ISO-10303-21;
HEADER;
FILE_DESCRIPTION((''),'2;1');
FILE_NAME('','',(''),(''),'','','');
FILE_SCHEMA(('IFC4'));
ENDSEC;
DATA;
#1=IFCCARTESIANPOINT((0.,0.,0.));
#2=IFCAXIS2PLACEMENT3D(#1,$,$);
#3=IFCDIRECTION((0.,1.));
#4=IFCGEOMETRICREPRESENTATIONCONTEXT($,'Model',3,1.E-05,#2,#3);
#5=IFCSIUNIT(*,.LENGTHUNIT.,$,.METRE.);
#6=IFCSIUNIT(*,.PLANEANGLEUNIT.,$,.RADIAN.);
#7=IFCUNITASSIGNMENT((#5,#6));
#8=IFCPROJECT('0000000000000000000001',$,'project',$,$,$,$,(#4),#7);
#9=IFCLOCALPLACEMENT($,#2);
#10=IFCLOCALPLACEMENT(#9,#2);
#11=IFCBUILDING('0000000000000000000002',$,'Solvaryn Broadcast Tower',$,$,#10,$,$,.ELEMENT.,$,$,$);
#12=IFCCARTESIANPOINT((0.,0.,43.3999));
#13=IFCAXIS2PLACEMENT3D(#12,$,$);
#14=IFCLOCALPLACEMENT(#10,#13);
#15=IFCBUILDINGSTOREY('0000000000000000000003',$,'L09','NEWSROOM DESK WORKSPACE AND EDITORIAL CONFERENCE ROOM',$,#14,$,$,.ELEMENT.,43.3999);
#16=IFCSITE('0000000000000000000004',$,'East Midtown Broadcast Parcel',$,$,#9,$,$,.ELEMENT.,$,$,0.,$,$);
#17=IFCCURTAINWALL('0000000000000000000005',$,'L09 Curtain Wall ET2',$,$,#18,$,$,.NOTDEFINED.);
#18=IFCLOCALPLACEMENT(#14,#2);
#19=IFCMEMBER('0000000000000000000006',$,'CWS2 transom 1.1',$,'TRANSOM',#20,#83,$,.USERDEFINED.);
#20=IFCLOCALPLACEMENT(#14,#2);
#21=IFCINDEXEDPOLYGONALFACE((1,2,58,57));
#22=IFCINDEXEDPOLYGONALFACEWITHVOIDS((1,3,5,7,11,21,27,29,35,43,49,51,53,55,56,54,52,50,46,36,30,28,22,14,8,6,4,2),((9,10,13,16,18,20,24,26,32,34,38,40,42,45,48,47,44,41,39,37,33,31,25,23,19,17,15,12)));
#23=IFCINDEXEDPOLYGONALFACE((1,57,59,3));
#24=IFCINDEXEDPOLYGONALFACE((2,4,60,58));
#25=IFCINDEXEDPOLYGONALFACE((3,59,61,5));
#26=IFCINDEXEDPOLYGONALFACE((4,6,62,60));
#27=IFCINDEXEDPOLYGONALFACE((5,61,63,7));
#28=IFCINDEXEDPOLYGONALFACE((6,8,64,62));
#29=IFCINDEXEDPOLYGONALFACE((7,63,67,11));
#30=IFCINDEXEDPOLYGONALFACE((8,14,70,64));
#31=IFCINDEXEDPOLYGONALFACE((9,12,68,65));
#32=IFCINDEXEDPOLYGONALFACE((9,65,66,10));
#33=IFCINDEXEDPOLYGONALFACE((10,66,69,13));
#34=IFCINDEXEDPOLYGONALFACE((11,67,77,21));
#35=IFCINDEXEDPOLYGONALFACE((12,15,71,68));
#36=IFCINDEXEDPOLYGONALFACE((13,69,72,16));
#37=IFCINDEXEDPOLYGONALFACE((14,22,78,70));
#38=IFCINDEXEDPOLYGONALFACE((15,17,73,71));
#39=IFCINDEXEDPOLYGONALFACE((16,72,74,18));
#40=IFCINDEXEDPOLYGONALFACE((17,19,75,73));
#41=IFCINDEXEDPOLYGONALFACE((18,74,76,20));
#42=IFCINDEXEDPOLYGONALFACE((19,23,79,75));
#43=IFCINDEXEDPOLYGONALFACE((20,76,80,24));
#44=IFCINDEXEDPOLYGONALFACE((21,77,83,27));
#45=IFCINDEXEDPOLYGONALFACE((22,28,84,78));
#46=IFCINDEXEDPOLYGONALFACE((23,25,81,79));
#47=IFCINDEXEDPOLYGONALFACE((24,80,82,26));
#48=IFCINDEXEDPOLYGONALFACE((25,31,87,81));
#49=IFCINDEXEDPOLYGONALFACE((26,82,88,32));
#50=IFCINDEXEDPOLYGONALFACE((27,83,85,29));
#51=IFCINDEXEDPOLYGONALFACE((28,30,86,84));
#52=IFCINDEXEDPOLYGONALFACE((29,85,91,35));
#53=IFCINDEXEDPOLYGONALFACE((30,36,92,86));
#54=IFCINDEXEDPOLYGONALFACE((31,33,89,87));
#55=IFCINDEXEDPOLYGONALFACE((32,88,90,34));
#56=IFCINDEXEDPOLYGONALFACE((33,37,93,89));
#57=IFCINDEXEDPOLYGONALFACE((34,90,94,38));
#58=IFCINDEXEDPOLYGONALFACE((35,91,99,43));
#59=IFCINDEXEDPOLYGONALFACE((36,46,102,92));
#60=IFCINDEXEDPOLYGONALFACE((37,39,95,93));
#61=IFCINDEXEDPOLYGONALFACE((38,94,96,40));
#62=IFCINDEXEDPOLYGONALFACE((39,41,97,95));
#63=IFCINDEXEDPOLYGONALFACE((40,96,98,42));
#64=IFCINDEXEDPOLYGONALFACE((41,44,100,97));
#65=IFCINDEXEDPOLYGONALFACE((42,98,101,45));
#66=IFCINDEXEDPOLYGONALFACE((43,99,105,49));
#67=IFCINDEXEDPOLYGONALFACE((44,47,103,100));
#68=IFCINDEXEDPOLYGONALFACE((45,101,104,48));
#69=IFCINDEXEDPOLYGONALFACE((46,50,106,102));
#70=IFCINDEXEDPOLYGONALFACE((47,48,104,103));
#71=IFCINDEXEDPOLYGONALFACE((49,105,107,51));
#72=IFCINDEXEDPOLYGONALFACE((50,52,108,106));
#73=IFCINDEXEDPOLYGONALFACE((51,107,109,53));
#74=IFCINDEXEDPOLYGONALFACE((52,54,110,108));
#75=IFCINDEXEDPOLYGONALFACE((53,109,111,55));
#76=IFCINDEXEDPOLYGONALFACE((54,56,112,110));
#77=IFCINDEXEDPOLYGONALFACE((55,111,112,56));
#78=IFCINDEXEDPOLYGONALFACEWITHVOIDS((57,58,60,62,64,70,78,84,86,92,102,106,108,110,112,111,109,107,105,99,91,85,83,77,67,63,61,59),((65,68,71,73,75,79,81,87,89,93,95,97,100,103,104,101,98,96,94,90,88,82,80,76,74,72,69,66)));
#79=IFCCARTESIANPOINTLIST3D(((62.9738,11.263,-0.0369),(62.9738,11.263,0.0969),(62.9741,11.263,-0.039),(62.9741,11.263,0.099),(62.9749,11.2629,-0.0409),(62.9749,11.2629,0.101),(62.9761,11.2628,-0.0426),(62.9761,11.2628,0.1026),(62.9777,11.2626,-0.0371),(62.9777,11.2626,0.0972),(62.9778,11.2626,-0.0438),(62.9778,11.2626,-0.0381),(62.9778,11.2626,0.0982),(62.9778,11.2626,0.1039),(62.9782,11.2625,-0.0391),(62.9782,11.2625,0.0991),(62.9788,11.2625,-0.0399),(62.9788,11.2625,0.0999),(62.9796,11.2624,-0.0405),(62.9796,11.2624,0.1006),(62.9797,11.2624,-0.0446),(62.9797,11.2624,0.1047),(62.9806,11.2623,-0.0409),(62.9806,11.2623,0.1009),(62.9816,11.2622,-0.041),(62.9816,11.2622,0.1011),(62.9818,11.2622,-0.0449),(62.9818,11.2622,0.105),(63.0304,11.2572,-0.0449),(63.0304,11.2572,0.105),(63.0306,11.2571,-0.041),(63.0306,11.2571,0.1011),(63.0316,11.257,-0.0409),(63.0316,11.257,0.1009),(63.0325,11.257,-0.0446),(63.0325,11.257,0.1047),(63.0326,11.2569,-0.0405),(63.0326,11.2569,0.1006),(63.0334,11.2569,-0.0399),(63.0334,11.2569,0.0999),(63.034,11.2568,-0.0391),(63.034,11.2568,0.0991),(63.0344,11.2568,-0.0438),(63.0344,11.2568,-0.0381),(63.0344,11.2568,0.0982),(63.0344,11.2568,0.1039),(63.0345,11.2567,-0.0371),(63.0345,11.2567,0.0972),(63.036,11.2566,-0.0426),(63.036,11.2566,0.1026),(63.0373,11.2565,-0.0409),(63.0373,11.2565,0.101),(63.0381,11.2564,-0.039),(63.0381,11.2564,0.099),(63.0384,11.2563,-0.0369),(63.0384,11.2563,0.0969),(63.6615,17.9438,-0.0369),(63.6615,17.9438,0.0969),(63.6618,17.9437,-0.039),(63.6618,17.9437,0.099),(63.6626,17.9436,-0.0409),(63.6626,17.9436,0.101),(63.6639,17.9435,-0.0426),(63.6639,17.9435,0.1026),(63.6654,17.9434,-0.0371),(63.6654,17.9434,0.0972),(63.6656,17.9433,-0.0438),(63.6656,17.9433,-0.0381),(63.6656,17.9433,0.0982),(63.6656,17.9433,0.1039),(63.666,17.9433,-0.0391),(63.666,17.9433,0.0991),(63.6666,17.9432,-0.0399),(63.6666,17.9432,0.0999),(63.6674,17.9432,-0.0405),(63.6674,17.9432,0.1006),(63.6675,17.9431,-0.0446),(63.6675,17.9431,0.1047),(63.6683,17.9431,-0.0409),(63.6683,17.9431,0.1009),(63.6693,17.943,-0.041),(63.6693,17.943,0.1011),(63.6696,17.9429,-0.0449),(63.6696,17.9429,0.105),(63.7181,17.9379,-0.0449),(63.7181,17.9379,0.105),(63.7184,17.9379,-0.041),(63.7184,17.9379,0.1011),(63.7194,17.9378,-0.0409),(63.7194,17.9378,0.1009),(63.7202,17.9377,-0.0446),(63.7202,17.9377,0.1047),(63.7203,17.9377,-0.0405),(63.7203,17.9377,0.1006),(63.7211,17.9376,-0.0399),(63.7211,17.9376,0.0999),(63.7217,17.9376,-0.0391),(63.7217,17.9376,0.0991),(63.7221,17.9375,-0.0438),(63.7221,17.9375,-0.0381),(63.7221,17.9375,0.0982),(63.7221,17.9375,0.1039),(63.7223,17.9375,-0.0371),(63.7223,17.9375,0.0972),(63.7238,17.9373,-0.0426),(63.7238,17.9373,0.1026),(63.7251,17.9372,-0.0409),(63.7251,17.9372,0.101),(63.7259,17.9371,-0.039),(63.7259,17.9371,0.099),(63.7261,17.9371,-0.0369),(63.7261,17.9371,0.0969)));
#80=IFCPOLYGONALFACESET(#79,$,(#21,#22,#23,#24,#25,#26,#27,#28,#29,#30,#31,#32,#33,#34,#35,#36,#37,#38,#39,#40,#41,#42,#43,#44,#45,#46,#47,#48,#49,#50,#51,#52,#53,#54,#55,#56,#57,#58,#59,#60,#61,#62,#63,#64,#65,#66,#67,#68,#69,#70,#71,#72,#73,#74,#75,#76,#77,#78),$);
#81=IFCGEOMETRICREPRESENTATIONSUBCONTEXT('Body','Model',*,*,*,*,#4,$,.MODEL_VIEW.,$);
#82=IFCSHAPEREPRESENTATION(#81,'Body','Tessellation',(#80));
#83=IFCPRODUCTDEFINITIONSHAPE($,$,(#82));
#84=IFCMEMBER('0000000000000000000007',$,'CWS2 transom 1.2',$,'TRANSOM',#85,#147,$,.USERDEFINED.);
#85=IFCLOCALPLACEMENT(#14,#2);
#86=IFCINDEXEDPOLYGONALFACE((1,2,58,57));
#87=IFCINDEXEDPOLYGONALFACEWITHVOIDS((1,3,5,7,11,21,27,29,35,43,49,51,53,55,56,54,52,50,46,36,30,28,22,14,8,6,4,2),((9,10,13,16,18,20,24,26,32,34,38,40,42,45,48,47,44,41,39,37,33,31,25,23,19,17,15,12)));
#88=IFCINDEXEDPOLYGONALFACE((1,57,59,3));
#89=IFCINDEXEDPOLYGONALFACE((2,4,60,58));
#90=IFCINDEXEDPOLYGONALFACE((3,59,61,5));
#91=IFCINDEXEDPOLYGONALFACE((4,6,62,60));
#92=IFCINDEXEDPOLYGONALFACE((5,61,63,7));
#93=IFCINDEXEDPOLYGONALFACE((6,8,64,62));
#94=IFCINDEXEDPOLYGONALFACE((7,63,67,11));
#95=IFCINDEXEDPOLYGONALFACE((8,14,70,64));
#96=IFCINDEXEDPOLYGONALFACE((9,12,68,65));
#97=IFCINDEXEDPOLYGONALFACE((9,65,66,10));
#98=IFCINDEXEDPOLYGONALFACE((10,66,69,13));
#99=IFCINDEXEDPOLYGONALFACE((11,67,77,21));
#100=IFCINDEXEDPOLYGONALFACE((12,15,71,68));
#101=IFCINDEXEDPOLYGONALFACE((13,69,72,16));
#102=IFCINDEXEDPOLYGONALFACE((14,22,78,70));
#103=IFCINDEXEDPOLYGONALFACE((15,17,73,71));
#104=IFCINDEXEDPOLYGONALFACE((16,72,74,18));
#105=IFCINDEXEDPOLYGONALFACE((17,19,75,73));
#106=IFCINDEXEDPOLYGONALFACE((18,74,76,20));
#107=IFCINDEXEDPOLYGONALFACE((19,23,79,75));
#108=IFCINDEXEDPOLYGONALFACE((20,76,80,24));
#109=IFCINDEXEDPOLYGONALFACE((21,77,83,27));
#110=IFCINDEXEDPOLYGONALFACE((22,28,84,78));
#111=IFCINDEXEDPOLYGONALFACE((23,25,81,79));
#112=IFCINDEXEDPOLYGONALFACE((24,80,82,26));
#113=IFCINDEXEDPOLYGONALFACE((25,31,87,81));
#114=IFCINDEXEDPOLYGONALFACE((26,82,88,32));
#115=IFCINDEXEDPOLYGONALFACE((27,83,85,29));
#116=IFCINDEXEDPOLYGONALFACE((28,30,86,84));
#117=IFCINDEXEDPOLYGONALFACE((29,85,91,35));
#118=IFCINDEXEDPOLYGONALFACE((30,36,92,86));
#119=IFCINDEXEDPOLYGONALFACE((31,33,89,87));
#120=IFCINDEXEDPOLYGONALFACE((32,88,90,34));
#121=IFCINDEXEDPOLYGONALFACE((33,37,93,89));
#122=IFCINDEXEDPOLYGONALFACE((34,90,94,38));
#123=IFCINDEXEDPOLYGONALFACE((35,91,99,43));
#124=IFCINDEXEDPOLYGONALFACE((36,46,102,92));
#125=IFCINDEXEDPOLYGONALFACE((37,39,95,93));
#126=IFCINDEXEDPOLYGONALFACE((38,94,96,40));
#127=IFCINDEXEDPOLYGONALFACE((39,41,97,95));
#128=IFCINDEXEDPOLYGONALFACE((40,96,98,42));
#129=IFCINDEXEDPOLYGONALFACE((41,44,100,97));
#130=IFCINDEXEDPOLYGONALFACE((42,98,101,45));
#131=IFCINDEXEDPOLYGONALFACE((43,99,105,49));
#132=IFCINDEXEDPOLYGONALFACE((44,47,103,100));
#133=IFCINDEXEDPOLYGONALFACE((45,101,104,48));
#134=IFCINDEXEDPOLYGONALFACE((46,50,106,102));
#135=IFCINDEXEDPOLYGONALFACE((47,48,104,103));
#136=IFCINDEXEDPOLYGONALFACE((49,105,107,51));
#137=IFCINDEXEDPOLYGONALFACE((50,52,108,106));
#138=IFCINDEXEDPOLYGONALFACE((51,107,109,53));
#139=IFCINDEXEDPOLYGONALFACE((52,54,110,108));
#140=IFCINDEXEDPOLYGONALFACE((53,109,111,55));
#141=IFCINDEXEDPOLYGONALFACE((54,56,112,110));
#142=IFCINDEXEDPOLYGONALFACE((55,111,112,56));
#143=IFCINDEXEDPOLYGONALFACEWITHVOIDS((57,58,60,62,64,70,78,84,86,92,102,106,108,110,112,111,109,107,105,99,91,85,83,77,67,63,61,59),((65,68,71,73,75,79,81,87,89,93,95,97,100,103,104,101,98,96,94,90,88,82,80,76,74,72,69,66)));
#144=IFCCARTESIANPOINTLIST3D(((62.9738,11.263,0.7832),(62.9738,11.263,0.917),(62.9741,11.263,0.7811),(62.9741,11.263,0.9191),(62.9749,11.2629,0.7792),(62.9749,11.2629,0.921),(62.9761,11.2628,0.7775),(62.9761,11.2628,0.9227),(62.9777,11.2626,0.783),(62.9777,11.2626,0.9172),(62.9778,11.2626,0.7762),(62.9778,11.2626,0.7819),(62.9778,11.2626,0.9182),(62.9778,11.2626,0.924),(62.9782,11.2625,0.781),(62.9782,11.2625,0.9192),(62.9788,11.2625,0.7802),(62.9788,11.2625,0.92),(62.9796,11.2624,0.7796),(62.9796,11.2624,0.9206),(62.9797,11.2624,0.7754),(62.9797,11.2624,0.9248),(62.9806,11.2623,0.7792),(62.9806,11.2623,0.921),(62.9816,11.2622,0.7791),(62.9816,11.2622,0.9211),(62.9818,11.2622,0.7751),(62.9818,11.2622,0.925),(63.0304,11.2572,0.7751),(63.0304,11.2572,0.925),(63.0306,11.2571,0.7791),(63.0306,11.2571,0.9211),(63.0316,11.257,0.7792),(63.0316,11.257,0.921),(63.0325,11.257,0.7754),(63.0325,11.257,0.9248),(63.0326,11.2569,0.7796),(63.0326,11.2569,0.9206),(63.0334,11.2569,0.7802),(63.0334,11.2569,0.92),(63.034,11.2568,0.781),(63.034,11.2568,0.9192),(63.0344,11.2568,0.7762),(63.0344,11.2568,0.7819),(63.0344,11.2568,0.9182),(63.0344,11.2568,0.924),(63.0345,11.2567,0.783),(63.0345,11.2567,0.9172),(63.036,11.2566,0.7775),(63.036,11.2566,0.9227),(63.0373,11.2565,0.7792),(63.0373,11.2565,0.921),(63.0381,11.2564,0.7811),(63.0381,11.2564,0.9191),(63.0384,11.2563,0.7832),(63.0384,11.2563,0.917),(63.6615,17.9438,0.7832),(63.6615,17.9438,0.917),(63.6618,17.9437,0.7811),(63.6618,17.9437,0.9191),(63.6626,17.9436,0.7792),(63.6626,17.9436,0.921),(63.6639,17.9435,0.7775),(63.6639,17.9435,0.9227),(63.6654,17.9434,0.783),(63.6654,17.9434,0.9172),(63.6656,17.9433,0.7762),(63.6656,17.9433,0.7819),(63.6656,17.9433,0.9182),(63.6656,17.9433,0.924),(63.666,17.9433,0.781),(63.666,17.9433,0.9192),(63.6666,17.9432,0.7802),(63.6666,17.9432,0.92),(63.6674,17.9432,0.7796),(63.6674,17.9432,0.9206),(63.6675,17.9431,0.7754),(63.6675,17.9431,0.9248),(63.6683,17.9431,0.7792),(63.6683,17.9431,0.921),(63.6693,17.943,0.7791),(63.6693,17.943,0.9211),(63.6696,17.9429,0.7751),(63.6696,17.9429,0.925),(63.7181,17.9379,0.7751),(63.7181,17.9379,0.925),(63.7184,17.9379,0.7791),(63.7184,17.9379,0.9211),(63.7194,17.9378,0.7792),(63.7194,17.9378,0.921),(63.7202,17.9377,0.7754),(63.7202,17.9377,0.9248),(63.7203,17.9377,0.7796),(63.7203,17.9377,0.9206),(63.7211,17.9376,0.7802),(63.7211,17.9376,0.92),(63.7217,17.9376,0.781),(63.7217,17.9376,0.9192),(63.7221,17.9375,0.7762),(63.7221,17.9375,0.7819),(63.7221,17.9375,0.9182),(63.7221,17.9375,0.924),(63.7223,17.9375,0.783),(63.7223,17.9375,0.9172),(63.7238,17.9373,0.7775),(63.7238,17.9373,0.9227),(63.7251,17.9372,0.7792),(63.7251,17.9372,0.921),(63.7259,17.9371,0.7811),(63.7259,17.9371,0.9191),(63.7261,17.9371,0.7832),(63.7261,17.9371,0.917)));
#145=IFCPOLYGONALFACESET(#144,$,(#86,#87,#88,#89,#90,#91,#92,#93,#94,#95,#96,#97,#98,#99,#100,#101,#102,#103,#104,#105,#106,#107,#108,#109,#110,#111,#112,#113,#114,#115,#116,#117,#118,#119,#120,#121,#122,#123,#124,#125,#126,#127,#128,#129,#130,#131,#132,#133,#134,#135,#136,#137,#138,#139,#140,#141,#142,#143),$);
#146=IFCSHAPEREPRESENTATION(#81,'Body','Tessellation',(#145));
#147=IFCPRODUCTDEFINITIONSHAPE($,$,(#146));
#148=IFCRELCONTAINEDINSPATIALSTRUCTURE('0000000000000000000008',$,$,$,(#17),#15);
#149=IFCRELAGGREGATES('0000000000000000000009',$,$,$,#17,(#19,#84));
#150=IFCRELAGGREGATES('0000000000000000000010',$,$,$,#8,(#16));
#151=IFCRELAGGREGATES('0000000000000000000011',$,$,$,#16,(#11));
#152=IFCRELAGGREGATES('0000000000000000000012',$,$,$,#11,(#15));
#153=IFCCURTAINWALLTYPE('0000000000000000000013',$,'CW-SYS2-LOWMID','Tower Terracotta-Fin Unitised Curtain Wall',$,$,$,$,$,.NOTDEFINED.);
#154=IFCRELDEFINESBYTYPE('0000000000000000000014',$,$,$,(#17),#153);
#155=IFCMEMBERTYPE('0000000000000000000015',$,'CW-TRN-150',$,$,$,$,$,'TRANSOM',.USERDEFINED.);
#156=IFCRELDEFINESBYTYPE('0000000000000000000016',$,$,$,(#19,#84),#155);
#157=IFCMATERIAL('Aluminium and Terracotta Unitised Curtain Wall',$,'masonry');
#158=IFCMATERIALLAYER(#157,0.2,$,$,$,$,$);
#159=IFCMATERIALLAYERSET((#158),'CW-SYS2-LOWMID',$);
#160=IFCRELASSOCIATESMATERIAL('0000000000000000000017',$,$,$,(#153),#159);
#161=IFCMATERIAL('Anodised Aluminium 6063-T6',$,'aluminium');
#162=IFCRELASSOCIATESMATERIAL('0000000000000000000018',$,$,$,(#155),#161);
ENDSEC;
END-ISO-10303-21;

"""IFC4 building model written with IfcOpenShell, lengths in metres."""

from ifc_helpers import new_model, si_unit, direction, frame, origin, origin_2d, place, context, subcontext, project, spatial, hollow_rectangle, extrude, material, layer, layer_set, material_profile, profile_set, type_object, element, aggregate, save


model = new_model("IFC4")

# Units and contexts
model_context = context("Model", 3, precision=1e-05, world=origin(), true_north=direction((0.0, 1.0)))
body_context = subcontext(model_context, "Body", "Model", "MODEL_VIEW")
ifc_project = project(units=[si_unit("LENGTHUNIT", "METRE"), si_unit("PLANEANGLEUNIT", "RADIAN")], contexts=[model_context])

# Site, building, storey
site_placement = place(None, origin())
site = spatial("IfcSite", under=ifc_project, at=site_placement, Name="East Midtown Broadcast Parcel", CompositionType="ELEMENT", RefElevation=0.0)
building_placement = place(site_placement, origin())
building = spatial("IfcBuilding", under=site, at=building_placement, Name="Solvaryn Broadcast Tower", CompositionType="ELEMENT")
storey_placement = place(building_placement, frame((0.0, 0.0, 43.3999)))
storey = spatial("IfcBuildingStorey", under=building, at=storey_placement, Name="L09", Description="NEWSROOM DESK WORKSPACE AND EDITORIAL CONFERENCE ROOM", CompositionType="ELEMENT", Elevation=43.3999)

# Shared definitions
ifc_material_1 = material(Name="Aluminium and Terracotta Unitised Curtain Wall", Category="masonry")
ifc_layer_1 = layer(ifc_material_1, 0.2)
ifc_layer_set_1 = layer_set([ifc_layer_1], Name="CW-SYS2-LOWMID")
curtain_wall_type = type_object("IfcCurtainWallType", Name="CW-SYS2-LOWMID", Description="Tower Terracotta-Fin Unitised Curtain Wall", PredefinedType="NOTDEFINED", material=ifc_layer_set_1)

# Curtain wall, members
curtain_wall_1_placement = place(storey_placement, origin())
curtain_wall_1 = element("IfcCurtainWall", 1, at=curtain_wall_1_placement, inside=storey, type_object=curtain_wall_type, Name="L09 Curtain Wall ET2", PredefinedType="NOTDEFINED")
ifc_material_2 = material(Name="Anodised Aluminium 6063-T6", Category="aluminium")
ifc_material_profile_1 = material_profile(ifc_material_2, hollow_rectangle(XDim=0.0649, YDim=0.1499, WallThickness=0.0039, InnerFilletRadius=0.0039, OuterFilletRadius=0.0081, at=origin_2d()))
ifc_profile_set_1 = profile_set([ifc_material_profile_1], Name="Anodised Aluminium 6063-T6")
member_type_1 = type_object("IfcMemberType", Name="CW-TRN-150", ElementType="TRANSOM", PredefinedType="USERDEFINED", material=ifc_profile_set_1)
member_1_placement = place(storey_placement, frame((63.6938, 17.9404, 0.03), z_axis=(-0.102404, -0.994743, 0.0), x_axis=(0.994743, -0.102404, 0.0)))
member_1 = element("IfcMember", 2, at=member_1_placement, type_object=member_type_1, Name="CWS2 transom 1.1", ObjectType="TRANSOM", PredefinedType="USERDEFINED", context=body_context, shape_type="SweptSolid", body=[
    extrude(hollow_rectangle(XDim=0.0649, YDim=0.1499, WallThickness=0.0039, InnerFilletRadius=0.0039, OuterFilletRadius=0.0081, at=origin_2d()), origin(), (0.0, 0.0, 1.0), 6.7161),
])
member_2_placement = place(storey_placement, frame((63.6938, 17.9404, 0.8501), z_axis=(-0.102404, -0.994743, 0.0), x_axis=(0.994743, -0.102404, 0.0)))
member_2 = element("IfcMember", 3, at=member_2_placement, type_object=member_type_1, Name="CWS2 transom 1.2", ObjectType="TRANSOM", PredefinedType="USERDEFINED", context=body_context, shape_type="SweptSolid", body=[
    extrude(hollow_rectangle(XDim=0.0649, YDim=0.1499, WallThickness=0.0039, InnerFilletRadius=0.0039, OuterFilletRadius=0.0081, at=origin_2d()), origin(), (0.0, 0.0, 1.0), 6.7161),
])
aggregate(curtain_wall_1, [member_1, member_2])

save(model, "model.ifc")
